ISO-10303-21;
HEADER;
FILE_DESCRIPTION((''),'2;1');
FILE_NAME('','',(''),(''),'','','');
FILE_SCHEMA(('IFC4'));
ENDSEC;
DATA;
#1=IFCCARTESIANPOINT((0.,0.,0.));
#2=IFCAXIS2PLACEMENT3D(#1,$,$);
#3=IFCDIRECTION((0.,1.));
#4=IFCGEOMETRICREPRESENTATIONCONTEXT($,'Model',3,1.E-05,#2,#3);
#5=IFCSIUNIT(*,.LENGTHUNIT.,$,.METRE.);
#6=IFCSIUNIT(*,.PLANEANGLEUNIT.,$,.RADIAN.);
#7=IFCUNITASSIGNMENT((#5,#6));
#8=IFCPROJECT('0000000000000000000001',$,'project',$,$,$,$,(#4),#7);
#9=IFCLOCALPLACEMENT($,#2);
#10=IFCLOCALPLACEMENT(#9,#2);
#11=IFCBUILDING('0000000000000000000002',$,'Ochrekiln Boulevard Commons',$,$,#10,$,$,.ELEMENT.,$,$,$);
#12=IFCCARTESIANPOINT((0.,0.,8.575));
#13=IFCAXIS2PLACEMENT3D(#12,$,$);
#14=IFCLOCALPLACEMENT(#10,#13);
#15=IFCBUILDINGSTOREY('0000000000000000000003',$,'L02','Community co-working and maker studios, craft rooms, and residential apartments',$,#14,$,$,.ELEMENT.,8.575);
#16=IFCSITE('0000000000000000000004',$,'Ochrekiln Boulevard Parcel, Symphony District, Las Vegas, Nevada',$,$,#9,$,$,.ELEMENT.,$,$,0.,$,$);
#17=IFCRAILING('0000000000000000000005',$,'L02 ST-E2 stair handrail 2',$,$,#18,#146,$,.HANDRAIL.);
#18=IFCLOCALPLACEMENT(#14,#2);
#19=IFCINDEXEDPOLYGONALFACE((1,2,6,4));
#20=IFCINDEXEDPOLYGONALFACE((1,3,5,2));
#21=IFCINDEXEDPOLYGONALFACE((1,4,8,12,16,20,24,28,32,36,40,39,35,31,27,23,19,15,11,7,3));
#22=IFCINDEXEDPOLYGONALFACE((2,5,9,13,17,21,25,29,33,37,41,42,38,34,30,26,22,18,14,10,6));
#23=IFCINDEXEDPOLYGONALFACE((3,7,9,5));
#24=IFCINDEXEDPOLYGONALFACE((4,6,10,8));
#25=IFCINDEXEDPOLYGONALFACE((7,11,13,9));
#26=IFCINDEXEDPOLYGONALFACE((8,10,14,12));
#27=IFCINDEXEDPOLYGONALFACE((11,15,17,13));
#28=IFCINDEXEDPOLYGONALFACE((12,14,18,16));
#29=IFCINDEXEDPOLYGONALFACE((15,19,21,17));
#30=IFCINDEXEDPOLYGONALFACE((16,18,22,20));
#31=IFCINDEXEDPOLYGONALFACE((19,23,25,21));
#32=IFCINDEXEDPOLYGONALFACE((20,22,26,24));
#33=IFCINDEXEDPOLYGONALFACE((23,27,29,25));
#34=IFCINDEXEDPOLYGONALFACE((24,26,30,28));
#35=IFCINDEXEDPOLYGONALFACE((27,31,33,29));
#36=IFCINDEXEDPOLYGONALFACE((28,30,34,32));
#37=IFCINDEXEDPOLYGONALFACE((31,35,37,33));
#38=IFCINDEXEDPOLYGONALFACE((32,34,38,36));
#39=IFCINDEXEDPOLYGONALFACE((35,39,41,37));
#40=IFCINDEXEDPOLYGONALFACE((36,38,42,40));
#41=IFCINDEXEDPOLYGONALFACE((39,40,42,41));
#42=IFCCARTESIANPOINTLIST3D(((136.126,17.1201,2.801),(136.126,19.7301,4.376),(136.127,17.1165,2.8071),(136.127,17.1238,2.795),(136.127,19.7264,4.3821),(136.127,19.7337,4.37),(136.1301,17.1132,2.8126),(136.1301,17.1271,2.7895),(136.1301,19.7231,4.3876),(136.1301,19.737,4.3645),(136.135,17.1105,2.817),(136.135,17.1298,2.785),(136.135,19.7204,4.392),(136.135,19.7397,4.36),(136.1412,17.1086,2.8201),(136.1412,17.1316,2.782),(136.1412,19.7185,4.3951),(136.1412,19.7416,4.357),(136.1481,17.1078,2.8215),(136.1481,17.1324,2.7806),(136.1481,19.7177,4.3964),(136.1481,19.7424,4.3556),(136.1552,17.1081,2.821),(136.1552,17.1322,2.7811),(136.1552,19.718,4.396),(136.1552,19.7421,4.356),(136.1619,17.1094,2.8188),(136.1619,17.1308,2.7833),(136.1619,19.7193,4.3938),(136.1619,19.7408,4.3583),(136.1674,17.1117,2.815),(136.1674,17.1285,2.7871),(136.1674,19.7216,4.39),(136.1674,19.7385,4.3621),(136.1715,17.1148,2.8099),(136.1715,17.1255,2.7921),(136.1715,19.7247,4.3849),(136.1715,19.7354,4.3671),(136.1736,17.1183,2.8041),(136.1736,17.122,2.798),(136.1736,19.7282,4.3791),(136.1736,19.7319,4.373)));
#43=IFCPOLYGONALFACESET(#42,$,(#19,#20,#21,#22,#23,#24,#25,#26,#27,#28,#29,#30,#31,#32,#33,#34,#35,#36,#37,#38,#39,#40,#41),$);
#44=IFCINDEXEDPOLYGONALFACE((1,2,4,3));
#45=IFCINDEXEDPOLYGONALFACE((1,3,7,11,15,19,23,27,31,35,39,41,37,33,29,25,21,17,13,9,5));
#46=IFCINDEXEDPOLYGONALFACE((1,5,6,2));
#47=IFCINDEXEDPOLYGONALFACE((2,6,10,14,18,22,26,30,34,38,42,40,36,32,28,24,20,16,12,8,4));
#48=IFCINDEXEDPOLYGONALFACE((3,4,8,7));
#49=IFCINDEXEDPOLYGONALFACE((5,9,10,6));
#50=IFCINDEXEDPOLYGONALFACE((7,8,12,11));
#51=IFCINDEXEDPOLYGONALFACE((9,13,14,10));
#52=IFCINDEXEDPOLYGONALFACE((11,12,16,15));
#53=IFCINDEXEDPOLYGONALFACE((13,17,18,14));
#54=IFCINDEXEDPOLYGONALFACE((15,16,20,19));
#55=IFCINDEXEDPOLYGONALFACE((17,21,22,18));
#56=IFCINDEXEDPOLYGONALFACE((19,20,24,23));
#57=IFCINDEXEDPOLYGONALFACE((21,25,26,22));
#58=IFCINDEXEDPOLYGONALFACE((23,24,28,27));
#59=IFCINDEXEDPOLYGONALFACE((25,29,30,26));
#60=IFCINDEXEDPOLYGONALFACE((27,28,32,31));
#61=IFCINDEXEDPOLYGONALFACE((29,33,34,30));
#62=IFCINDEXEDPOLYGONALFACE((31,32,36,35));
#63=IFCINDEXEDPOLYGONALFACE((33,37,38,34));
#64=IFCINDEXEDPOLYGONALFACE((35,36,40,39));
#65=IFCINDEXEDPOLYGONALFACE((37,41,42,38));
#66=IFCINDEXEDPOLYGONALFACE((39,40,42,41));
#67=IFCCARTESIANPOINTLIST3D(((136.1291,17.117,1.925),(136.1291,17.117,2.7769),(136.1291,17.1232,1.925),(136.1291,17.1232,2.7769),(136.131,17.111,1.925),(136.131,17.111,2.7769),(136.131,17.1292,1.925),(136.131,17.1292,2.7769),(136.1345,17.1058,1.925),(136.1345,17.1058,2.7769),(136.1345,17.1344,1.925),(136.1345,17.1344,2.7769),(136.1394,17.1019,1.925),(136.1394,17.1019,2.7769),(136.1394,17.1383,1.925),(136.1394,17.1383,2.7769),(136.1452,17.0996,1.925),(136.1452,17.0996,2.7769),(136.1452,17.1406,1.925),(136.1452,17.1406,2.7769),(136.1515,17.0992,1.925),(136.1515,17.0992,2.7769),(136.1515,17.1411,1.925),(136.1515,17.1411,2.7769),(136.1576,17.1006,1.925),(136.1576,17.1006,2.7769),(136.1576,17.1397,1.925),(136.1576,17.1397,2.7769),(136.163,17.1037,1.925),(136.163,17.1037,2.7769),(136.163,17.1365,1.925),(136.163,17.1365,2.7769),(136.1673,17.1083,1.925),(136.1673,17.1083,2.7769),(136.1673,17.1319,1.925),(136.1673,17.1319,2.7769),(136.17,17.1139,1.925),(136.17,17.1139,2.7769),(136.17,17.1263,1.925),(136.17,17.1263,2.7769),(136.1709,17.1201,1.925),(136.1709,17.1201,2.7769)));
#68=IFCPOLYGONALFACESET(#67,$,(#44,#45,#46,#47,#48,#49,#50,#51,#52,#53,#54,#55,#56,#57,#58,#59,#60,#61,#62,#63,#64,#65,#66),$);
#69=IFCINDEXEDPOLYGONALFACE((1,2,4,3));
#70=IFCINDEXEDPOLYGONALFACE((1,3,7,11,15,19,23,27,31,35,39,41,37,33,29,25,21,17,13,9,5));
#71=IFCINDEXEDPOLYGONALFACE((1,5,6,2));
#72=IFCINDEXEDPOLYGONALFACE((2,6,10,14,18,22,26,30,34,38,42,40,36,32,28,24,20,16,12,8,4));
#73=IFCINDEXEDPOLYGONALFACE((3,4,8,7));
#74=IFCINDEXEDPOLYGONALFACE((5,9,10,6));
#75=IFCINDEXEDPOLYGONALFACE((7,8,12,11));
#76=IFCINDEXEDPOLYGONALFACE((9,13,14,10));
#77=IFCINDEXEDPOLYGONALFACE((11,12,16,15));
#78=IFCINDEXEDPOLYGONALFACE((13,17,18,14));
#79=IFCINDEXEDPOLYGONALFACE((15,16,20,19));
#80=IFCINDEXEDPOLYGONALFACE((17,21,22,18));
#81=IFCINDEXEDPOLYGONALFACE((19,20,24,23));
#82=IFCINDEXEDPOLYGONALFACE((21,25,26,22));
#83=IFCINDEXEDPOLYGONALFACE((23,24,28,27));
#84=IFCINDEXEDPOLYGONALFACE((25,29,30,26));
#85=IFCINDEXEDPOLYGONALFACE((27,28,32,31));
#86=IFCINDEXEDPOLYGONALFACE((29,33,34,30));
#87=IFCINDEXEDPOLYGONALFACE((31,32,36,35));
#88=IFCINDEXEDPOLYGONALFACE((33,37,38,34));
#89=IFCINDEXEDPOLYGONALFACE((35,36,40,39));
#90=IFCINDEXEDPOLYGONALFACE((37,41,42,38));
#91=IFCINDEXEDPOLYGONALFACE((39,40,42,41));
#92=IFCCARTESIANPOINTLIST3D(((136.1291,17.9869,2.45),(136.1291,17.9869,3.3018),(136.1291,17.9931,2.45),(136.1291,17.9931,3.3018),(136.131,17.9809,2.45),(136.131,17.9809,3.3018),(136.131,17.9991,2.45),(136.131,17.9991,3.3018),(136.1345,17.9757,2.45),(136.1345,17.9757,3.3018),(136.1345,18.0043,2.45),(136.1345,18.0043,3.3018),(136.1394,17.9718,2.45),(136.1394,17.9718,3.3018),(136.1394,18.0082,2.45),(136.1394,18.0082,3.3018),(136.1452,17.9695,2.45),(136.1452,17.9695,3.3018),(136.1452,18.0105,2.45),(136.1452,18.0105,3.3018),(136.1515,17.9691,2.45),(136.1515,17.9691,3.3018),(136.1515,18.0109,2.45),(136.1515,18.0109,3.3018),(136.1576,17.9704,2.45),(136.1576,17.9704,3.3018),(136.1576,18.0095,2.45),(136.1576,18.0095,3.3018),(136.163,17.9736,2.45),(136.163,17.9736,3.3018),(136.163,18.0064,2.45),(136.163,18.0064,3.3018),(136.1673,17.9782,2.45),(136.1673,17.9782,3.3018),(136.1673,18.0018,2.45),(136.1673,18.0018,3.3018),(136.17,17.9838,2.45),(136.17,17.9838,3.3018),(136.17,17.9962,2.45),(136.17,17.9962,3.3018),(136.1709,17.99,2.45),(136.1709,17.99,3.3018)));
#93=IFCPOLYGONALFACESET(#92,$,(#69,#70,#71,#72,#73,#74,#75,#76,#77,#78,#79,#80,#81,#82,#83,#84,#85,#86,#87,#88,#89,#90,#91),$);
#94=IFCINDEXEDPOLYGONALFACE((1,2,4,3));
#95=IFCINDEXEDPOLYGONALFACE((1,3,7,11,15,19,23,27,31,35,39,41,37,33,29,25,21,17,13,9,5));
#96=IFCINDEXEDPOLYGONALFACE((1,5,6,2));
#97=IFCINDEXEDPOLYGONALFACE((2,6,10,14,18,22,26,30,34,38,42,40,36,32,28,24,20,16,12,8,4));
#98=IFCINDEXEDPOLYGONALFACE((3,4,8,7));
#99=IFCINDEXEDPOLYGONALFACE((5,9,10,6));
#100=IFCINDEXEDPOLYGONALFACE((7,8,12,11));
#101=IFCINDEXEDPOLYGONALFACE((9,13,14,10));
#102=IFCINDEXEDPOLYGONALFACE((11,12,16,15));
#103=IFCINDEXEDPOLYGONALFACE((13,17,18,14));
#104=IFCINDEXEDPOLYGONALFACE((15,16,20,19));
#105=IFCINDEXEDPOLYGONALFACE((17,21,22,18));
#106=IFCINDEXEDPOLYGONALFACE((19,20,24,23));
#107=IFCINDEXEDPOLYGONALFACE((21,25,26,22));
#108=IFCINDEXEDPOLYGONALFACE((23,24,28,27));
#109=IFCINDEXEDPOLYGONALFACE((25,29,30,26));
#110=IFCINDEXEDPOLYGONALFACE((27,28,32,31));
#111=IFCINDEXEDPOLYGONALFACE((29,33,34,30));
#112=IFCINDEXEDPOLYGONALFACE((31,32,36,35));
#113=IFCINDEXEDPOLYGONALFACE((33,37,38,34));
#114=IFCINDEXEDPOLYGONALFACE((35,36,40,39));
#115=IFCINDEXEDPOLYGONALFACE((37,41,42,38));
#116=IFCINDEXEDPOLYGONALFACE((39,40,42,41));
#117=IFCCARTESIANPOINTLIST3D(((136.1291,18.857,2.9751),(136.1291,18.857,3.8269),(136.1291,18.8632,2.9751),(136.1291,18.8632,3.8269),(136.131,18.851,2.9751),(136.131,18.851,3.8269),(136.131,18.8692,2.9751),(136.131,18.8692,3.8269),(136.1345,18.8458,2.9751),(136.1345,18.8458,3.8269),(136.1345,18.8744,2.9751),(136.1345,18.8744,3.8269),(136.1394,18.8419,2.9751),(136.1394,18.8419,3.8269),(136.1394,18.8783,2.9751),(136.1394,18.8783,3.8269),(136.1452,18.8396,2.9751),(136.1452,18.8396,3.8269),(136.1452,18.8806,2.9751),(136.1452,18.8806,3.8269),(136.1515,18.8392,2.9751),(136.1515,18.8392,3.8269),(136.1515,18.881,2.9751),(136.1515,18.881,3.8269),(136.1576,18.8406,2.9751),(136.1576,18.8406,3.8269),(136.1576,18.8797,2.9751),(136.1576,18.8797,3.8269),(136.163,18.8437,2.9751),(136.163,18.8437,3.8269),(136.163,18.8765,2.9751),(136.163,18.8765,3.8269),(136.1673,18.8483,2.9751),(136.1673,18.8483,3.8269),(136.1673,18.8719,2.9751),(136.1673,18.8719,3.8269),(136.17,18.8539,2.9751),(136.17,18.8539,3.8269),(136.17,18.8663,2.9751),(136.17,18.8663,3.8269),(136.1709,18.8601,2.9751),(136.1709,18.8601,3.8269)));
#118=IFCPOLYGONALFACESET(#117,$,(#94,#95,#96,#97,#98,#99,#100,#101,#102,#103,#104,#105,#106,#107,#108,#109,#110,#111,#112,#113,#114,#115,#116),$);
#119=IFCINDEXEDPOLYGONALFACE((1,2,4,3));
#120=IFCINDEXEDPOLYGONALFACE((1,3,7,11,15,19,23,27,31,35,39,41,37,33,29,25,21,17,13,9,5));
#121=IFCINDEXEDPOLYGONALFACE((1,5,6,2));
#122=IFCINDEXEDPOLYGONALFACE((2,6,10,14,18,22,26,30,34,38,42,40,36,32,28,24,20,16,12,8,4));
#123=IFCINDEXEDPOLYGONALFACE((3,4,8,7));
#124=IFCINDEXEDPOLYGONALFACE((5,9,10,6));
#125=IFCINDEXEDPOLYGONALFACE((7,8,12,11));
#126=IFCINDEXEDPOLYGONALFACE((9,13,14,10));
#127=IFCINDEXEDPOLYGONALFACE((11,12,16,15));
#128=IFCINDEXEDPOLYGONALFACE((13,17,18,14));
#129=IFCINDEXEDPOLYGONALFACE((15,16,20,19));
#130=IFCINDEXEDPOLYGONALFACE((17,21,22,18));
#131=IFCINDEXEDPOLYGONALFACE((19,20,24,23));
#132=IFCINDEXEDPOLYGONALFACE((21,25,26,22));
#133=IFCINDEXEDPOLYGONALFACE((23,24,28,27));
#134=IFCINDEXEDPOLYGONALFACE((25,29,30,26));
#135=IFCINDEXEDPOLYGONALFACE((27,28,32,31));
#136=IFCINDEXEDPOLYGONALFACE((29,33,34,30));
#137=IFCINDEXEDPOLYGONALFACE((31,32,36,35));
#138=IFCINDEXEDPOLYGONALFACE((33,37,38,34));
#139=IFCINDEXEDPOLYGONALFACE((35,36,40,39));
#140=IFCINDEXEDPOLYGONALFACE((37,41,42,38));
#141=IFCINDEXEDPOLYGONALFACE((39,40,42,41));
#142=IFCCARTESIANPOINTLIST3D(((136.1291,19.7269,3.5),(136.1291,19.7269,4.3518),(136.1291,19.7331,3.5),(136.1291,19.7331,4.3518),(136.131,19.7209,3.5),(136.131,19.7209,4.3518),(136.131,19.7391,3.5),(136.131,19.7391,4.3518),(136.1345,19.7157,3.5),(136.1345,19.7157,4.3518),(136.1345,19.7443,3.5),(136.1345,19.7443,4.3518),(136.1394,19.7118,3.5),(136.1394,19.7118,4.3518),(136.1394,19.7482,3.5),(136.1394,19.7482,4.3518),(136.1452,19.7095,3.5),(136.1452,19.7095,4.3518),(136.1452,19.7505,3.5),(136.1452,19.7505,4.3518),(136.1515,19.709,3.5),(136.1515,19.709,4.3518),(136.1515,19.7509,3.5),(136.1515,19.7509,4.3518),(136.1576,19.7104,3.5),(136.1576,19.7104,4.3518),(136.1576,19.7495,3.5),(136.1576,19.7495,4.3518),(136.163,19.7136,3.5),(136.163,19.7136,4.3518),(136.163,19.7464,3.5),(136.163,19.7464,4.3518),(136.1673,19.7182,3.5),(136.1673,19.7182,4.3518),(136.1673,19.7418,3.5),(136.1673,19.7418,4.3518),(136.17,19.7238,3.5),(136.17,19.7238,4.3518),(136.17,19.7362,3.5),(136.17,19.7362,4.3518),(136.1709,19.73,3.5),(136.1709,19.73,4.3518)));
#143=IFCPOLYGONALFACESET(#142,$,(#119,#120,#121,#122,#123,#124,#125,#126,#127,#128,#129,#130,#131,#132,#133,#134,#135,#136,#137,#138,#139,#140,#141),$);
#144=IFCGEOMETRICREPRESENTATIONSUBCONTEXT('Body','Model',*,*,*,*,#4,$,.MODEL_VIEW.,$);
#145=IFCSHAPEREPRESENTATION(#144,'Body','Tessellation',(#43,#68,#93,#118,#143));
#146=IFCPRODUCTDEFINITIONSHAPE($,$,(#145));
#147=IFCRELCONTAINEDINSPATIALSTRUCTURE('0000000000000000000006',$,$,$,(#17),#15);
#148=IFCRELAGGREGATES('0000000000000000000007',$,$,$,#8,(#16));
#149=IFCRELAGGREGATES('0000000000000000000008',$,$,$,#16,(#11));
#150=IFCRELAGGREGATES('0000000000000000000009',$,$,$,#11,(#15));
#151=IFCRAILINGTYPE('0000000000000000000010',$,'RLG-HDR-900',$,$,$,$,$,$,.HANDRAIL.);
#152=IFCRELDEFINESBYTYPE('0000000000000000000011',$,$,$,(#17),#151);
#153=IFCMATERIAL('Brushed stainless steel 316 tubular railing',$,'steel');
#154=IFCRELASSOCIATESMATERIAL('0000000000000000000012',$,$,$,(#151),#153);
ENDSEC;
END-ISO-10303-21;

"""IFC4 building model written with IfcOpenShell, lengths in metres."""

from ifc_helpers import new_model, si_unit, direction, frame, origin, origin_2d, place, context, subcontext, project, spatial, circle, extrude, material, type_object, element, save


model = new_model("IFC4")

# Units and contexts
model_context = context("Model", 3, precision=1e-05, world=origin(), true_north=direction((0.0, 1.0)))
body_context = subcontext(model_context, "Body", "Model", "MODEL_VIEW")
ifc_project = project(units=[si_unit("LENGTHUNIT", "METRE"), si_unit("PLANEANGLEUNIT", "RADIAN")], contexts=[model_context])

# Site, building, storey
site_placement = place(None, origin())
site = spatial("IfcSite", under=ifc_project, at=site_placement, Name="Ochrekiln Boulevard Parcel, Symphony District, Las Vegas, Nevada", CompositionType="ELEMENT", RefElevation=0.0)
building_placement = place(site_placement, origin())
building = spatial("IfcBuilding", under=site, at=building_placement, Name="Ochrekiln Boulevard Commons", CompositionType="ELEMENT")
storey_placement = place(building_placement, frame((0.0, 0.0, 8.575)))
storey = spatial("IfcBuildingStorey", under=building, at=storey_placement, Name="L02", Description="Community co-working and maker studios, craft rooms, and residential apartments", CompositionType="ELEMENT", Elevation=8.575)

# Railing
ifc_material_1 = material(Name="Brushed stainless steel 316 tubular railing", Category="steel")
railing_type_1 = type_object("IfcRailingType", Name="RLG-HDR-900", PredefinedType="HANDRAIL", material=ifc_material_1)
railing_1_placement = place(storey_placement, frame((136.1499, 17.1201, 1.925)))
element("IfcRailing", 1, at=railing_1_placement, inside=storey, type_object=railing_type_1, Name="L02 ST-E2 stair handrail 2", PredefinedType="HANDRAIL", context=body_context, shape_type="SweptSolid", body=[
    extrude(circle(Radius=0.0239, at=origin_2d()), frame((0.0, 0.0, 0.876), z_axis=(0.0, 0.856183, 0.516673), x_axis=(-1.0, 0.0, 0.0)), (0.0, 0.0, 1.0), 3.0483),
    extrude(circle(Radius=0.021, at=origin_2d()), origin(), (0.0, 0.0, 1.0), 0.8518),
    extrude(circle(Radius=0.021, at=origin_2d()), frame((0.0, 0.8699, 0.5249)), (0.0, 0.0, 1.0), 0.8518),
    extrude(circle(Radius=0.021, at=origin_2d()), frame((0.0, 1.74, 1.05)), (0.0, 0.0, 1.0), 0.8518),
    extrude(circle(Radius=0.021, at=origin_2d()), frame((0.0, 2.6099, 1.575)), (0.0, 0.0, 1.0), 0.8518),
])

save(model, "model.ifc")
